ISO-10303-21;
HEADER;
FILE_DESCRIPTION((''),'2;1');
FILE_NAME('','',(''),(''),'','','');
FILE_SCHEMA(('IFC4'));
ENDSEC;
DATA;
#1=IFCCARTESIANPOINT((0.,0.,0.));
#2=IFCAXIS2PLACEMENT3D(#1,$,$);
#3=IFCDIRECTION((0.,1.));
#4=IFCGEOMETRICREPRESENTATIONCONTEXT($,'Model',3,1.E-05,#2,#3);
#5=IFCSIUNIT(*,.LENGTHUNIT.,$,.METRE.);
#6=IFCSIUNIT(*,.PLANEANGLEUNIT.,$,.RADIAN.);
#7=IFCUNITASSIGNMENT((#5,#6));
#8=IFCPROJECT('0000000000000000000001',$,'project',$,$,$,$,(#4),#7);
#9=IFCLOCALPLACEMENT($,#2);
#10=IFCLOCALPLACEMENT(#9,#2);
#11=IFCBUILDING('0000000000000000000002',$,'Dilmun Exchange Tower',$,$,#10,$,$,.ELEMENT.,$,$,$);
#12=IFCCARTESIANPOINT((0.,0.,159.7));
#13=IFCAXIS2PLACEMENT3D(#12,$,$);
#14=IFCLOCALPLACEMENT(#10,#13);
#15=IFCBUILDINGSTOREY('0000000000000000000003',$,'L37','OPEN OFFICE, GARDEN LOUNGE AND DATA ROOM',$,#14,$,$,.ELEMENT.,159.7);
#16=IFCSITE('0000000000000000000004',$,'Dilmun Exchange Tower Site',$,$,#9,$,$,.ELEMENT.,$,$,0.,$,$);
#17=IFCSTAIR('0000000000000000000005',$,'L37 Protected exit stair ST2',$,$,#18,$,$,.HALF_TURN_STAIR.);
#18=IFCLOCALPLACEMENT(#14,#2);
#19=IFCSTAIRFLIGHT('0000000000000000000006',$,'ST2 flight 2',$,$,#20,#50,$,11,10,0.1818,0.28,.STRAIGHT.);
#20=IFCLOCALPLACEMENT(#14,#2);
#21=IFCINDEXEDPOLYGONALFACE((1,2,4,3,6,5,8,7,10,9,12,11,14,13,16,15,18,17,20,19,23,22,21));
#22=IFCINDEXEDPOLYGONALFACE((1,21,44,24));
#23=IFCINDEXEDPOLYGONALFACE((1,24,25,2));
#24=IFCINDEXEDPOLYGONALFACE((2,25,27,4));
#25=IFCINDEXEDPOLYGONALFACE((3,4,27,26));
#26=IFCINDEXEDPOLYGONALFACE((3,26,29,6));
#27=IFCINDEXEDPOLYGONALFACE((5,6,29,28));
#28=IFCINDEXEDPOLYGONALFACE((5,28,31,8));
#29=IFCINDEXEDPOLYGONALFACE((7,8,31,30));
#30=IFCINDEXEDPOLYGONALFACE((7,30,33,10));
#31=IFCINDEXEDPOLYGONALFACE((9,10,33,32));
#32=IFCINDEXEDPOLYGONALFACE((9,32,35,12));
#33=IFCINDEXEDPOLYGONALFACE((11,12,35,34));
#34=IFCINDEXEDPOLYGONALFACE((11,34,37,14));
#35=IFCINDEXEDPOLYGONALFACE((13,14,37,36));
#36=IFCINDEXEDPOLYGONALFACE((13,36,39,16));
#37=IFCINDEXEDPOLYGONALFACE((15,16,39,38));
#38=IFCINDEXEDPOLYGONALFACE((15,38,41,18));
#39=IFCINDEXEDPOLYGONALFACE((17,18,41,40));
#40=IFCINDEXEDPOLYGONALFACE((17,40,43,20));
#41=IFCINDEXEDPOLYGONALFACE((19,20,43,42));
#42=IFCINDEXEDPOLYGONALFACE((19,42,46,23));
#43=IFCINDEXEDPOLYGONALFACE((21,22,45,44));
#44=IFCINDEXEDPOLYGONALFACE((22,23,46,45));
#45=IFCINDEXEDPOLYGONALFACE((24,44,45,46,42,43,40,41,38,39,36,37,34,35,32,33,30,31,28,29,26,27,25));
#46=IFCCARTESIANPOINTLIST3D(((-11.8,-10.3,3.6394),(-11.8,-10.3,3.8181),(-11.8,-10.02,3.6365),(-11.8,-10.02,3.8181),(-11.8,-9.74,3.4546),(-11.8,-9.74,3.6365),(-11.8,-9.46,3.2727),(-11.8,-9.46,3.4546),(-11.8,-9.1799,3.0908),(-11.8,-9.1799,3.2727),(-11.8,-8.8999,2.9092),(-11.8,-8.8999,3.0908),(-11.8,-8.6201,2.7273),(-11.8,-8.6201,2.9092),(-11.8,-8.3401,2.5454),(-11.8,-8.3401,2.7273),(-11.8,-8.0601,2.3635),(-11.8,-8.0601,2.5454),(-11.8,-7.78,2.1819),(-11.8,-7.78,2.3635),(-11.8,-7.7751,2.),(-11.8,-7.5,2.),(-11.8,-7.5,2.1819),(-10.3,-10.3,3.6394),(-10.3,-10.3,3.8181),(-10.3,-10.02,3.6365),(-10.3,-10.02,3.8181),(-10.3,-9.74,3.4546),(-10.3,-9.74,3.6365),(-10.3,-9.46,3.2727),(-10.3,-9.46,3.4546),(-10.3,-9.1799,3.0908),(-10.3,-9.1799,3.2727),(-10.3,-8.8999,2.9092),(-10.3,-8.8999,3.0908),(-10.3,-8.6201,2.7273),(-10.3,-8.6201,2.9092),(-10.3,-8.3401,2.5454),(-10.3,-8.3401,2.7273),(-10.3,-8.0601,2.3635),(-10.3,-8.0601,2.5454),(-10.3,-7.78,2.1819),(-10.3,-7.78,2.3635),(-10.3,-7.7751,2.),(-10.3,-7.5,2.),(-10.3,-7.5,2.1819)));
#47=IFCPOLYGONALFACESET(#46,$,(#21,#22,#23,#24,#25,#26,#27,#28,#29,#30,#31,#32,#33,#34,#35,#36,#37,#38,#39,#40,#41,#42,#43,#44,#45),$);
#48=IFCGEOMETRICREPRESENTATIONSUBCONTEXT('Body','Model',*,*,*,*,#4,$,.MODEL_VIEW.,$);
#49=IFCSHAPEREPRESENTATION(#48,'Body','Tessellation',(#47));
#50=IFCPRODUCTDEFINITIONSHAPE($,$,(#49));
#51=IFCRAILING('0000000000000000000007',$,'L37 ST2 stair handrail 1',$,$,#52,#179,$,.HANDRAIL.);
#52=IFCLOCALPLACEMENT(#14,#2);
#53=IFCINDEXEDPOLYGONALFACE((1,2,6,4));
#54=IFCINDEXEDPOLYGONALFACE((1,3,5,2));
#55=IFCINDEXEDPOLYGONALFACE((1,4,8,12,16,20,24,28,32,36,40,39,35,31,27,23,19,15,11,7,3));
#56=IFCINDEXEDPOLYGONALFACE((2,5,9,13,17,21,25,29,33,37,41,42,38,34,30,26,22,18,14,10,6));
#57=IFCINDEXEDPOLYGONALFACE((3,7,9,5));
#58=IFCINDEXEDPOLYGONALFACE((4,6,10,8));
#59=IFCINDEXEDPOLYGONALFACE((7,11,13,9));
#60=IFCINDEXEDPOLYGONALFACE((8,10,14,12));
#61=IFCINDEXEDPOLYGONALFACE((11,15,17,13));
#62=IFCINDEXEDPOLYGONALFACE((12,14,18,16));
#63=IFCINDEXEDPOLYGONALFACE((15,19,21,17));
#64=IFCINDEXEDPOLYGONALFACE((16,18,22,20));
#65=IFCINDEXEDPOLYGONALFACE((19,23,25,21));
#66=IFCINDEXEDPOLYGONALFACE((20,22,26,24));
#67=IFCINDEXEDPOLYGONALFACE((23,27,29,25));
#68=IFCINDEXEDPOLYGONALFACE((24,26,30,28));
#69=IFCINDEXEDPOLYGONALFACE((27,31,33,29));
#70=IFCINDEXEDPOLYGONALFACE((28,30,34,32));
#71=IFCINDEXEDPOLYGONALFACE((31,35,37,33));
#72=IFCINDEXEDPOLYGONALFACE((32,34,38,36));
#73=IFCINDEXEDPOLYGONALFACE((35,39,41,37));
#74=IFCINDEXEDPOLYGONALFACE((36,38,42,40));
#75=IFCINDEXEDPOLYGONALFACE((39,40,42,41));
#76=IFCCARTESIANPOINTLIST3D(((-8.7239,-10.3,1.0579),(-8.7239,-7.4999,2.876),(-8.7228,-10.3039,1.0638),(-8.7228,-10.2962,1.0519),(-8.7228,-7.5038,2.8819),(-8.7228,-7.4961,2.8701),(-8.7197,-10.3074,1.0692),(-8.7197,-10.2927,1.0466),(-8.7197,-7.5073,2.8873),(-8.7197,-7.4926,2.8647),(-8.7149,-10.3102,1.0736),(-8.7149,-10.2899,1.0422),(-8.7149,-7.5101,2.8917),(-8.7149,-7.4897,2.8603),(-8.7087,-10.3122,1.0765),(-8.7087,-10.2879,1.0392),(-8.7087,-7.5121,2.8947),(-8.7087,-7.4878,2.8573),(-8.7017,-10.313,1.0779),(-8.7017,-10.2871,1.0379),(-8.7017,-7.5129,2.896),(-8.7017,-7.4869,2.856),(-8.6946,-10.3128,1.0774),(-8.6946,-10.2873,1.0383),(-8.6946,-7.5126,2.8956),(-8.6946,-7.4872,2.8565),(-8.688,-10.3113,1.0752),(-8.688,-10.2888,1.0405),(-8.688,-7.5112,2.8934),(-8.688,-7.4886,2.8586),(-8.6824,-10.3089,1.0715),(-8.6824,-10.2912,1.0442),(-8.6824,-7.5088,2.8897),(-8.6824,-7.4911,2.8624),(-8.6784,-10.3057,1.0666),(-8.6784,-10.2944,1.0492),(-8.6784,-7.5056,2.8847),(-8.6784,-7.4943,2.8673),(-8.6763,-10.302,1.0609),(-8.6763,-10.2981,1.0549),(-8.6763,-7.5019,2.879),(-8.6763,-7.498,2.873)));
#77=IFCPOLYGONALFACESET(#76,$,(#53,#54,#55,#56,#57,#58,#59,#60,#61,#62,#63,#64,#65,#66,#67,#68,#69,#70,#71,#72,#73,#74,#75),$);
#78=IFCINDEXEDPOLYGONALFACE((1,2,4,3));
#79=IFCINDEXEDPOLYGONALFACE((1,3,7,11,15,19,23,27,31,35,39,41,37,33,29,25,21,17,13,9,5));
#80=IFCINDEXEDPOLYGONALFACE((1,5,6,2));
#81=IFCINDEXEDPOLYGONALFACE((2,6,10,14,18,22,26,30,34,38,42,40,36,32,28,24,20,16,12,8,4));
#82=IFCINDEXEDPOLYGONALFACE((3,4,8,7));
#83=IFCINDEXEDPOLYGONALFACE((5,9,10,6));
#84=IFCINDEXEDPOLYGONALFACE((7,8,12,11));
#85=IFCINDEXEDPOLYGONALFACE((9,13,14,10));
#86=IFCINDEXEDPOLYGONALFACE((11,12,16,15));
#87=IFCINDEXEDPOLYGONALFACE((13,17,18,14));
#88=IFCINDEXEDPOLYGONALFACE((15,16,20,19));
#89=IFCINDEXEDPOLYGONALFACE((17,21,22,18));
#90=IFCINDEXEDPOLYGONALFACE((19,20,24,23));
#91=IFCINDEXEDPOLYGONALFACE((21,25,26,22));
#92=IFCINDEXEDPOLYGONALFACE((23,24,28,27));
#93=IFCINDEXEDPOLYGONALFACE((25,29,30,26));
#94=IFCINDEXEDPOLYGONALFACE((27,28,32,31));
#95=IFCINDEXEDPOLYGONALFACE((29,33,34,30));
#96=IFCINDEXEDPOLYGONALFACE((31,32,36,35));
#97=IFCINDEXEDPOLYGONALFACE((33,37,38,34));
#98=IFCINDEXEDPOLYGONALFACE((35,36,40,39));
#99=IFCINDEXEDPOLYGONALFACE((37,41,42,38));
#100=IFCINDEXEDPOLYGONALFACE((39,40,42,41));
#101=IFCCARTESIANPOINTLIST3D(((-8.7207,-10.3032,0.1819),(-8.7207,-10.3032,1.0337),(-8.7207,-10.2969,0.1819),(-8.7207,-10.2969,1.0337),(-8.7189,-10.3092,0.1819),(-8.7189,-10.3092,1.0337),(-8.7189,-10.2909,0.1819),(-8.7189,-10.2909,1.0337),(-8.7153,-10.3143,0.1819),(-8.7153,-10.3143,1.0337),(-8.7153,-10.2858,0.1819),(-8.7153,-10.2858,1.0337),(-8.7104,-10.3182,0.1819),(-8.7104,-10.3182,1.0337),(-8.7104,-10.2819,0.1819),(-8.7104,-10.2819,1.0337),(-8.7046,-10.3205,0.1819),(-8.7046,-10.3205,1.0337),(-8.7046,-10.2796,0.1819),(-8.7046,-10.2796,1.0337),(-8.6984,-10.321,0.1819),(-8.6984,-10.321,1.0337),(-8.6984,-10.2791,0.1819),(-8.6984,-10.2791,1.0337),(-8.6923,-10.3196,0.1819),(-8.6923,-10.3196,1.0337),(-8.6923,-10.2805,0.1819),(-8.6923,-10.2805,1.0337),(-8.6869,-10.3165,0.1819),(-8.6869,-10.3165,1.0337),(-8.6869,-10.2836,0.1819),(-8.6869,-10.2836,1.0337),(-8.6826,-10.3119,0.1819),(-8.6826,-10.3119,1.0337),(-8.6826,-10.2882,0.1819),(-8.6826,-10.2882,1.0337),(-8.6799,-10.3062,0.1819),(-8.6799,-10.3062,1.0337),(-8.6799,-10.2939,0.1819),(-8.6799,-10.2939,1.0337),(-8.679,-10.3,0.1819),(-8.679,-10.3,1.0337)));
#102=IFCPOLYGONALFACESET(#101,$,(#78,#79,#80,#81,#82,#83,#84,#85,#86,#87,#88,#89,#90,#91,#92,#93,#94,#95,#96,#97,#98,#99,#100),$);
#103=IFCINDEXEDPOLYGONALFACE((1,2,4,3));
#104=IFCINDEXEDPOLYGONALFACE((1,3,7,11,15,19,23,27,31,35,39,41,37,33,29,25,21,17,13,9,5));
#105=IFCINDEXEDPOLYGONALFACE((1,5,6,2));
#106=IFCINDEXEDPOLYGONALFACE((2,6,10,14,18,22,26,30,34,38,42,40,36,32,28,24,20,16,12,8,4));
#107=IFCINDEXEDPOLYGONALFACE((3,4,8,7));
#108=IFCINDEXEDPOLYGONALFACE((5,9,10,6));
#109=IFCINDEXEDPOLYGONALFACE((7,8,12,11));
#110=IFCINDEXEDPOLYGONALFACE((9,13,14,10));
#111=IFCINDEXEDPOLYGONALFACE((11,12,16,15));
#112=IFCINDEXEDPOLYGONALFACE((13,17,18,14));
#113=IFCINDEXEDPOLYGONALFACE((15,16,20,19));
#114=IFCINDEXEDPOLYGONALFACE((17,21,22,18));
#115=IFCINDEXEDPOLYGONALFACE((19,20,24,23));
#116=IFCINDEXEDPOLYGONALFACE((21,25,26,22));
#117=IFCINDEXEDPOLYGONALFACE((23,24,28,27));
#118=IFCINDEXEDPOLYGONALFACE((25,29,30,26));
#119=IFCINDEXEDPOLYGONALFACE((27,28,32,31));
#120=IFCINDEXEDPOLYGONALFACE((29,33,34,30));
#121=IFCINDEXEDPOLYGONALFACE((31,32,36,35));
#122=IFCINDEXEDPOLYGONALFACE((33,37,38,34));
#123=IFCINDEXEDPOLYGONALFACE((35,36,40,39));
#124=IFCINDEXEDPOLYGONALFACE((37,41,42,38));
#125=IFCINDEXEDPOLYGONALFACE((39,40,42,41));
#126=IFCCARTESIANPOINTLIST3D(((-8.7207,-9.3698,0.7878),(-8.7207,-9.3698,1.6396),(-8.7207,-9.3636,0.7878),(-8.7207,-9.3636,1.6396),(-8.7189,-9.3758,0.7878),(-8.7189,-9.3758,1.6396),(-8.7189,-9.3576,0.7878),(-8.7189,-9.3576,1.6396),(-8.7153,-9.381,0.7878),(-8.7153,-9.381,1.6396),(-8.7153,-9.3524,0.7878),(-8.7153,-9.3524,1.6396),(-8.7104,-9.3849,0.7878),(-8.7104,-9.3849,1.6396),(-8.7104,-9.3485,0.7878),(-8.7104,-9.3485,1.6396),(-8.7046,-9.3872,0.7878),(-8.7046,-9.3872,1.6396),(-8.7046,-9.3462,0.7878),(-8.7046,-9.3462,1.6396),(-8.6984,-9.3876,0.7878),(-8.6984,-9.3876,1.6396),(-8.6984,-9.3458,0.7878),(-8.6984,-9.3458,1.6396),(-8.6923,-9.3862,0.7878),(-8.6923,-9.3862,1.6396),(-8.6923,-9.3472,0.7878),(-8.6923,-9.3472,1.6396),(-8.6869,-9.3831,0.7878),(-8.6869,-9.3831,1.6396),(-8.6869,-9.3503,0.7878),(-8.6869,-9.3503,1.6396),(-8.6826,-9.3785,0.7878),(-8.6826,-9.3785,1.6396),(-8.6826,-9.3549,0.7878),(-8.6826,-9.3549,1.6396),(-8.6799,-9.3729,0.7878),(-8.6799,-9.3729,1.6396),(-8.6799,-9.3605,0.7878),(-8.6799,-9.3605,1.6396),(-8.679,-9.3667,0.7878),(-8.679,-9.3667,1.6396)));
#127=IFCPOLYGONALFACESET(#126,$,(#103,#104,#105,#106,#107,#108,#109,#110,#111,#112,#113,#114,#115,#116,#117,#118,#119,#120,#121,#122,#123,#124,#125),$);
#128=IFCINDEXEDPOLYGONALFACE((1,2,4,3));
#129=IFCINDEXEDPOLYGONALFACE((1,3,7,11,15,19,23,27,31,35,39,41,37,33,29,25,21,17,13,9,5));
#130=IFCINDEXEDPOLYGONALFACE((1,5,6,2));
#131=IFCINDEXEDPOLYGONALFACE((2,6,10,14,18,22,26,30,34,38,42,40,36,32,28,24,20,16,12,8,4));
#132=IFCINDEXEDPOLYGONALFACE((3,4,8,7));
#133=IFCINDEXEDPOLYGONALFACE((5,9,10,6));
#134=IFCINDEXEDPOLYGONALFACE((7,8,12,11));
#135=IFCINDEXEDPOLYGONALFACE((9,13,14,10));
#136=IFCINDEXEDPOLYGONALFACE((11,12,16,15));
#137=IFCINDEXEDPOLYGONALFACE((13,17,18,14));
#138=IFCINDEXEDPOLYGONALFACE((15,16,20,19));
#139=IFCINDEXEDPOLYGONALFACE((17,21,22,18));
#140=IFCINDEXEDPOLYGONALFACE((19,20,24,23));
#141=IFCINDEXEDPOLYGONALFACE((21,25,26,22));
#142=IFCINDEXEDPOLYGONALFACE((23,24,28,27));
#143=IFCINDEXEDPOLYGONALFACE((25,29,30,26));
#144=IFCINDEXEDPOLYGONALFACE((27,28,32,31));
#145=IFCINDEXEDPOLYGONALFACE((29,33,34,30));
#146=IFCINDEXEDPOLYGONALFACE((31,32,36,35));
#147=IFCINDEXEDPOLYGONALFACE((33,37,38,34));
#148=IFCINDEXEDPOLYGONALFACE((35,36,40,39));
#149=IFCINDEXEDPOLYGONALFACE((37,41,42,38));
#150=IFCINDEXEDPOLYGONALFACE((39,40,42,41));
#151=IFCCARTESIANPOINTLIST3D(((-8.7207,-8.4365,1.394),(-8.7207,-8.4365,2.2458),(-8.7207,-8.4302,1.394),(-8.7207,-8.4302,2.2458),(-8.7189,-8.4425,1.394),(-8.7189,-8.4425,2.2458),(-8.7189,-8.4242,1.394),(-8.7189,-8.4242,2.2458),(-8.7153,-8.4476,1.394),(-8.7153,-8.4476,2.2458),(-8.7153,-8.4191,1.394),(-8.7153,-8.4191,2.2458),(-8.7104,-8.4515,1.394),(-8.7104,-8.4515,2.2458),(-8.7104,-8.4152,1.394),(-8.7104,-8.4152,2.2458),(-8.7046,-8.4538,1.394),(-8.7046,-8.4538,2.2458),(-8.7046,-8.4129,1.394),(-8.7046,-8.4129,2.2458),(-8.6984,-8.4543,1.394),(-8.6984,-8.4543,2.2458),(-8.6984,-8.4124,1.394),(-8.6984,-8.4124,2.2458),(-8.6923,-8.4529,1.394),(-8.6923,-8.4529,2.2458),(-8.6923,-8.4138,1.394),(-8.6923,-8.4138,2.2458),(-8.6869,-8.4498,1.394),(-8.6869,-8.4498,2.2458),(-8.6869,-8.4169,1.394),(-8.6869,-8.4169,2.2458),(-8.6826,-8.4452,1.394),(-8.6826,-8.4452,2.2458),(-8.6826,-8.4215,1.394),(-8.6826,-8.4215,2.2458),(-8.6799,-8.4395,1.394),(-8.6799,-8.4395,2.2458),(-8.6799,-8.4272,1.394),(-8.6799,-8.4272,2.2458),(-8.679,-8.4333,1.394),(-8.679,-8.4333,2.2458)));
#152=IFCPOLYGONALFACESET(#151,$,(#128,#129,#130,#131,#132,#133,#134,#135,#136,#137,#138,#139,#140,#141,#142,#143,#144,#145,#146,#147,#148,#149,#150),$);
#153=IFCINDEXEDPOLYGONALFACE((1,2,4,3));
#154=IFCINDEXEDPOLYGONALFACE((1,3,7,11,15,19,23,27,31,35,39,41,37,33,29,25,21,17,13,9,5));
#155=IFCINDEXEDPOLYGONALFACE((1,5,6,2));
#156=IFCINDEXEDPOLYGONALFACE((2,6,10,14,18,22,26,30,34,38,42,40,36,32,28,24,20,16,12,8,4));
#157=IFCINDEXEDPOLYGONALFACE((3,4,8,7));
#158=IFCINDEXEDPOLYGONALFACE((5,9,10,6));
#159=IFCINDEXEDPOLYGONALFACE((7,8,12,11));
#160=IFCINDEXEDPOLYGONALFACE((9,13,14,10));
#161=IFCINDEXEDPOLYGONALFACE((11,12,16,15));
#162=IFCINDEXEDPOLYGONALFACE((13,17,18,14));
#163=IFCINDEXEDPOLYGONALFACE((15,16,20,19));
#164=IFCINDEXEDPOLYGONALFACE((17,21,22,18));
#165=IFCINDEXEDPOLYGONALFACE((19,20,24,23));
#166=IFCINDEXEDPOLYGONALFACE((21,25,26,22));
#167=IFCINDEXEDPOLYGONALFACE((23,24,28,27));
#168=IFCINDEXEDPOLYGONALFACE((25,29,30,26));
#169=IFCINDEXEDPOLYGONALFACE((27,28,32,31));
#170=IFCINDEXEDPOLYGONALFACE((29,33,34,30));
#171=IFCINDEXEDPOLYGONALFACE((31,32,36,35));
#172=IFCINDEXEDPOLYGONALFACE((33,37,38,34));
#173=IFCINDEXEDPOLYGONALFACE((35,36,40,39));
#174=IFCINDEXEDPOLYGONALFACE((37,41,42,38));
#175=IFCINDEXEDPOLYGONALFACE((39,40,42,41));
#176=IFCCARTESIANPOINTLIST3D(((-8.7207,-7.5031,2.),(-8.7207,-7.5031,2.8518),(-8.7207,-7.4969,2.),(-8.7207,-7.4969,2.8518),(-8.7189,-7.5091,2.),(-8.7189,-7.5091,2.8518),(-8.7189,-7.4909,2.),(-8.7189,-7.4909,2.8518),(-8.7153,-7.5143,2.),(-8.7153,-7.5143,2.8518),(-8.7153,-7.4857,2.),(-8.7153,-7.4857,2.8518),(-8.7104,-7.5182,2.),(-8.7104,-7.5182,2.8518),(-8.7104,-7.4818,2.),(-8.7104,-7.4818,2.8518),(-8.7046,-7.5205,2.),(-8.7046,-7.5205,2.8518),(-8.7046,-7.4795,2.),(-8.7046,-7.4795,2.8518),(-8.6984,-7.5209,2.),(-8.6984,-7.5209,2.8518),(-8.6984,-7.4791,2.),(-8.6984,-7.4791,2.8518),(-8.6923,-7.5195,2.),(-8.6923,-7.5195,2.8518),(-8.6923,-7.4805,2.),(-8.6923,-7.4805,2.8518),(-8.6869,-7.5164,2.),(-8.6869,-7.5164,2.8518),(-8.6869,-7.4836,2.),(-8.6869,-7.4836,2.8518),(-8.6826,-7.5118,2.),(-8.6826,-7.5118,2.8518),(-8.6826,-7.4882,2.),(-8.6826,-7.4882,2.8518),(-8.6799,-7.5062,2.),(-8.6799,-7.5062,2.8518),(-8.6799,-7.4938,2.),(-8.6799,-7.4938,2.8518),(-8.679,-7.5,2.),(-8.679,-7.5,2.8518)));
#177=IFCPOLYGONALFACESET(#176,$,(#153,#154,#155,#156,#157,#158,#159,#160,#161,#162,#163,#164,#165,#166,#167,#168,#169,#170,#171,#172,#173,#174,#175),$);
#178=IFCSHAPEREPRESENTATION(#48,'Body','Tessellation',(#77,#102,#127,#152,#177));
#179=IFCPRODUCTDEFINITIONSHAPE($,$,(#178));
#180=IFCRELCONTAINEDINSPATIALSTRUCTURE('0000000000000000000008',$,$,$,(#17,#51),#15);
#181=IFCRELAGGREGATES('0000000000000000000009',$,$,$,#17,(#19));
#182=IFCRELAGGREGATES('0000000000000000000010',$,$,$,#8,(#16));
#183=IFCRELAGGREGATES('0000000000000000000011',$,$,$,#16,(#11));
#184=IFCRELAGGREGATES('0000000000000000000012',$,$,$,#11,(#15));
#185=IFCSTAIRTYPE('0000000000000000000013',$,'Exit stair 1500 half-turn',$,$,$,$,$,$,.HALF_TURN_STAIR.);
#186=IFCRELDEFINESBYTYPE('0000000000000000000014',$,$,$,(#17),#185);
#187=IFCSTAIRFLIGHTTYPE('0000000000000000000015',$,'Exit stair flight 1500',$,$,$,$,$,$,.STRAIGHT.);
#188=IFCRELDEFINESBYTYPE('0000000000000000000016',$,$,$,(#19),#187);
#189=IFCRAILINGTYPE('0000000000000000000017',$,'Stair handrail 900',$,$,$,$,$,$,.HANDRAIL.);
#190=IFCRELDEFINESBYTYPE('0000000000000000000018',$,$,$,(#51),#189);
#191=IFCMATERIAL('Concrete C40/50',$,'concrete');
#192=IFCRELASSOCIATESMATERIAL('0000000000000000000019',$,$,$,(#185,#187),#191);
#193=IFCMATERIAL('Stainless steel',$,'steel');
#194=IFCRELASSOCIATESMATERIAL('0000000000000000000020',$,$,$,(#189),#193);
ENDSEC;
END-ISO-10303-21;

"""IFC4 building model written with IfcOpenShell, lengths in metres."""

from ifc_helpers import new_model, si_unit, direction, frame, origin, origin_2d, place, context, subcontext, project, spatial, polyline, circle, outline, extrude, material, type_object, element, aggregate, save


model = new_model("IFC4")

# Units and contexts
model_context = context("Model", 3, precision=1e-05, world=origin(), true_north=direction((0.0, 1.0)))
body_context = subcontext(model_context, "Body", "Model", "MODEL_VIEW")
ifc_project = project(units=[si_unit("LENGTHUNIT", "METRE"), si_unit("PLANEANGLEUNIT", "RADIAN")], contexts=[model_context])

# Site, building, storey
site_placement = place(None, origin())
site = spatial("IfcSite", under=ifc_project, at=site_placement, Name="Dilmun Exchange Tower Site", CompositionType="ELEMENT", RefElevation=0.0)
building_placement = place(site_placement, origin())
building = spatial("IfcBuilding", under=site, at=building_placement, Name="Dilmun Exchange Tower", CompositionType="ELEMENT")
storey_placement = place(building_placement, frame((0.0, 0.0, 159.7)))
storey = spatial("IfcBuildingStorey", under=building, at=storey_placement, Name="L37", Description="OPEN OFFICE, GARDEN LOUNGE AND DATA ROOM", CompositionType="ELEMENT", Elevation=159.7)

# Shared definitions
ifc_material_1 = material(Name="Concrete C40/50", Category="concrete")

# Stair, stair flight
stair_type = type_object("IfcStairType", Name="Exit stair 1500 half-turn", PredefinedType="HALF_TURN_STAIR", material=ifc_material_1)
stair_placement = place(storey_placement, origin())
stair = element("IfcStair", 1, at=stair_placement, inside=storey, type_object=stair_type, Name="L37 Protected exit stair ST2", PredefinedType="HALF_TURN_STAIR")
stair_flight_type = type_object("IfcStairFlightType", Name="Exit stair flight 1500", PredefinedType="STRAIGHT", material=ifc_material_1)
stair_flight_1_placement = place(storey_placement, frame((-11.05, -7.5, 2.0), z_axis=(0.0, 0.0, 1.0), x_axis=(0.0, -1.0, 0.0)))
stair_flight_1 = element("IfcStairFlight", 2, at=stair_flight_1_placement, type_object=stair_flight_type, Name="ST2 flight 2", NumberOfRisers=11, NumberOfTreads=10, PredefinedType="STRAIGHT", RiserHeight=0.1818, TreadLength=0.28, context=body_context, shape_type="SweptSolid", body=[
    extrude(outline(polyline([(0.0, 0.0), (0.0, 0.1819), (0.28, 0.1819), (0.28, 0.3635), (0.5601, 0.3635), (0.5601, 0.5454), (0.8401, 0.5454), (0.8401, 0.7273), (1.1201, 0.7273), (1.1201, 0.9092), (1.3999, 0.9092), (1.3999, 1.0908), (1.6799, 1.0908), (1.6799, 1.2727), (1.96, 1.2727), (1.96, 1.4546), (2.24, 1.4546), (2.24, 1.6365), (2.52, 1.6365), (2.52, 1.8181), (2.8, 1.8181), (2.8, 2.0), (2.8, 1.6394), (0.2751, 0.0), (0.0, 0.0)])), frame((0.0, 0.75, 0.0), z_axis=(0.0, -1.0, 0.0), x_axis=(1.0, 0.0, 0.0)), (0.0, 0.0, 1.0), 1.5),
])
aggregate(stair, [stair_flight_1])

# Railing
ifc_material_2 = material(Name="Stainless steel", Category="steel")
railing_type = type_object("IfcRailingType", Name="Stair handrail 900", PredefinedType="HANDRAIL", material=ifc_material_2)
railing_1_placement = place(storey_placement, frame((-8.7, -10.3, 0.1819)))
element("IfcRailing", 3, at=railing_1_placement, inside=storey, type_object=railing_type, Name="L37 ST2 stair handrail 1", PredefinedType="HANDRAIL", context=body_context, shape_type="SweptSolid", body=[
    extrude(circle(Radius=0.0239, at=origin_2d()), frame((0.0, 0.0, 0.876), z_axis=(0.0, 0.838706, 0.544585), x_axis=(-1.0, 0.0, 0.0)), (0.0, 0.0, 1.0), 3.3386),
    extrude(circle(Radius=0.021, at=origin_2d()), origin(), (0.0, 0.0, 1.0), 0.8518),
    extrude(circle(Radius=0.021, at=origin_2d()), frame((0.0, 0.9333, 0.606)), (0.0, 0.0, 1.0), 0.8518),
    extrude(circle(Radius=0.021, at=origin_2d()), frame((0.0, 1.8667, 1.2122)), (0.0, 0.0, 1.0), 0.8518),
    extrude(circle(Radius=0.021, at=origin_2d()), frame((0.0, 2.8, 1.8181)), (0.0, 0.0, 1.0), 0.8518),
])

save(model, "model.ifc")
